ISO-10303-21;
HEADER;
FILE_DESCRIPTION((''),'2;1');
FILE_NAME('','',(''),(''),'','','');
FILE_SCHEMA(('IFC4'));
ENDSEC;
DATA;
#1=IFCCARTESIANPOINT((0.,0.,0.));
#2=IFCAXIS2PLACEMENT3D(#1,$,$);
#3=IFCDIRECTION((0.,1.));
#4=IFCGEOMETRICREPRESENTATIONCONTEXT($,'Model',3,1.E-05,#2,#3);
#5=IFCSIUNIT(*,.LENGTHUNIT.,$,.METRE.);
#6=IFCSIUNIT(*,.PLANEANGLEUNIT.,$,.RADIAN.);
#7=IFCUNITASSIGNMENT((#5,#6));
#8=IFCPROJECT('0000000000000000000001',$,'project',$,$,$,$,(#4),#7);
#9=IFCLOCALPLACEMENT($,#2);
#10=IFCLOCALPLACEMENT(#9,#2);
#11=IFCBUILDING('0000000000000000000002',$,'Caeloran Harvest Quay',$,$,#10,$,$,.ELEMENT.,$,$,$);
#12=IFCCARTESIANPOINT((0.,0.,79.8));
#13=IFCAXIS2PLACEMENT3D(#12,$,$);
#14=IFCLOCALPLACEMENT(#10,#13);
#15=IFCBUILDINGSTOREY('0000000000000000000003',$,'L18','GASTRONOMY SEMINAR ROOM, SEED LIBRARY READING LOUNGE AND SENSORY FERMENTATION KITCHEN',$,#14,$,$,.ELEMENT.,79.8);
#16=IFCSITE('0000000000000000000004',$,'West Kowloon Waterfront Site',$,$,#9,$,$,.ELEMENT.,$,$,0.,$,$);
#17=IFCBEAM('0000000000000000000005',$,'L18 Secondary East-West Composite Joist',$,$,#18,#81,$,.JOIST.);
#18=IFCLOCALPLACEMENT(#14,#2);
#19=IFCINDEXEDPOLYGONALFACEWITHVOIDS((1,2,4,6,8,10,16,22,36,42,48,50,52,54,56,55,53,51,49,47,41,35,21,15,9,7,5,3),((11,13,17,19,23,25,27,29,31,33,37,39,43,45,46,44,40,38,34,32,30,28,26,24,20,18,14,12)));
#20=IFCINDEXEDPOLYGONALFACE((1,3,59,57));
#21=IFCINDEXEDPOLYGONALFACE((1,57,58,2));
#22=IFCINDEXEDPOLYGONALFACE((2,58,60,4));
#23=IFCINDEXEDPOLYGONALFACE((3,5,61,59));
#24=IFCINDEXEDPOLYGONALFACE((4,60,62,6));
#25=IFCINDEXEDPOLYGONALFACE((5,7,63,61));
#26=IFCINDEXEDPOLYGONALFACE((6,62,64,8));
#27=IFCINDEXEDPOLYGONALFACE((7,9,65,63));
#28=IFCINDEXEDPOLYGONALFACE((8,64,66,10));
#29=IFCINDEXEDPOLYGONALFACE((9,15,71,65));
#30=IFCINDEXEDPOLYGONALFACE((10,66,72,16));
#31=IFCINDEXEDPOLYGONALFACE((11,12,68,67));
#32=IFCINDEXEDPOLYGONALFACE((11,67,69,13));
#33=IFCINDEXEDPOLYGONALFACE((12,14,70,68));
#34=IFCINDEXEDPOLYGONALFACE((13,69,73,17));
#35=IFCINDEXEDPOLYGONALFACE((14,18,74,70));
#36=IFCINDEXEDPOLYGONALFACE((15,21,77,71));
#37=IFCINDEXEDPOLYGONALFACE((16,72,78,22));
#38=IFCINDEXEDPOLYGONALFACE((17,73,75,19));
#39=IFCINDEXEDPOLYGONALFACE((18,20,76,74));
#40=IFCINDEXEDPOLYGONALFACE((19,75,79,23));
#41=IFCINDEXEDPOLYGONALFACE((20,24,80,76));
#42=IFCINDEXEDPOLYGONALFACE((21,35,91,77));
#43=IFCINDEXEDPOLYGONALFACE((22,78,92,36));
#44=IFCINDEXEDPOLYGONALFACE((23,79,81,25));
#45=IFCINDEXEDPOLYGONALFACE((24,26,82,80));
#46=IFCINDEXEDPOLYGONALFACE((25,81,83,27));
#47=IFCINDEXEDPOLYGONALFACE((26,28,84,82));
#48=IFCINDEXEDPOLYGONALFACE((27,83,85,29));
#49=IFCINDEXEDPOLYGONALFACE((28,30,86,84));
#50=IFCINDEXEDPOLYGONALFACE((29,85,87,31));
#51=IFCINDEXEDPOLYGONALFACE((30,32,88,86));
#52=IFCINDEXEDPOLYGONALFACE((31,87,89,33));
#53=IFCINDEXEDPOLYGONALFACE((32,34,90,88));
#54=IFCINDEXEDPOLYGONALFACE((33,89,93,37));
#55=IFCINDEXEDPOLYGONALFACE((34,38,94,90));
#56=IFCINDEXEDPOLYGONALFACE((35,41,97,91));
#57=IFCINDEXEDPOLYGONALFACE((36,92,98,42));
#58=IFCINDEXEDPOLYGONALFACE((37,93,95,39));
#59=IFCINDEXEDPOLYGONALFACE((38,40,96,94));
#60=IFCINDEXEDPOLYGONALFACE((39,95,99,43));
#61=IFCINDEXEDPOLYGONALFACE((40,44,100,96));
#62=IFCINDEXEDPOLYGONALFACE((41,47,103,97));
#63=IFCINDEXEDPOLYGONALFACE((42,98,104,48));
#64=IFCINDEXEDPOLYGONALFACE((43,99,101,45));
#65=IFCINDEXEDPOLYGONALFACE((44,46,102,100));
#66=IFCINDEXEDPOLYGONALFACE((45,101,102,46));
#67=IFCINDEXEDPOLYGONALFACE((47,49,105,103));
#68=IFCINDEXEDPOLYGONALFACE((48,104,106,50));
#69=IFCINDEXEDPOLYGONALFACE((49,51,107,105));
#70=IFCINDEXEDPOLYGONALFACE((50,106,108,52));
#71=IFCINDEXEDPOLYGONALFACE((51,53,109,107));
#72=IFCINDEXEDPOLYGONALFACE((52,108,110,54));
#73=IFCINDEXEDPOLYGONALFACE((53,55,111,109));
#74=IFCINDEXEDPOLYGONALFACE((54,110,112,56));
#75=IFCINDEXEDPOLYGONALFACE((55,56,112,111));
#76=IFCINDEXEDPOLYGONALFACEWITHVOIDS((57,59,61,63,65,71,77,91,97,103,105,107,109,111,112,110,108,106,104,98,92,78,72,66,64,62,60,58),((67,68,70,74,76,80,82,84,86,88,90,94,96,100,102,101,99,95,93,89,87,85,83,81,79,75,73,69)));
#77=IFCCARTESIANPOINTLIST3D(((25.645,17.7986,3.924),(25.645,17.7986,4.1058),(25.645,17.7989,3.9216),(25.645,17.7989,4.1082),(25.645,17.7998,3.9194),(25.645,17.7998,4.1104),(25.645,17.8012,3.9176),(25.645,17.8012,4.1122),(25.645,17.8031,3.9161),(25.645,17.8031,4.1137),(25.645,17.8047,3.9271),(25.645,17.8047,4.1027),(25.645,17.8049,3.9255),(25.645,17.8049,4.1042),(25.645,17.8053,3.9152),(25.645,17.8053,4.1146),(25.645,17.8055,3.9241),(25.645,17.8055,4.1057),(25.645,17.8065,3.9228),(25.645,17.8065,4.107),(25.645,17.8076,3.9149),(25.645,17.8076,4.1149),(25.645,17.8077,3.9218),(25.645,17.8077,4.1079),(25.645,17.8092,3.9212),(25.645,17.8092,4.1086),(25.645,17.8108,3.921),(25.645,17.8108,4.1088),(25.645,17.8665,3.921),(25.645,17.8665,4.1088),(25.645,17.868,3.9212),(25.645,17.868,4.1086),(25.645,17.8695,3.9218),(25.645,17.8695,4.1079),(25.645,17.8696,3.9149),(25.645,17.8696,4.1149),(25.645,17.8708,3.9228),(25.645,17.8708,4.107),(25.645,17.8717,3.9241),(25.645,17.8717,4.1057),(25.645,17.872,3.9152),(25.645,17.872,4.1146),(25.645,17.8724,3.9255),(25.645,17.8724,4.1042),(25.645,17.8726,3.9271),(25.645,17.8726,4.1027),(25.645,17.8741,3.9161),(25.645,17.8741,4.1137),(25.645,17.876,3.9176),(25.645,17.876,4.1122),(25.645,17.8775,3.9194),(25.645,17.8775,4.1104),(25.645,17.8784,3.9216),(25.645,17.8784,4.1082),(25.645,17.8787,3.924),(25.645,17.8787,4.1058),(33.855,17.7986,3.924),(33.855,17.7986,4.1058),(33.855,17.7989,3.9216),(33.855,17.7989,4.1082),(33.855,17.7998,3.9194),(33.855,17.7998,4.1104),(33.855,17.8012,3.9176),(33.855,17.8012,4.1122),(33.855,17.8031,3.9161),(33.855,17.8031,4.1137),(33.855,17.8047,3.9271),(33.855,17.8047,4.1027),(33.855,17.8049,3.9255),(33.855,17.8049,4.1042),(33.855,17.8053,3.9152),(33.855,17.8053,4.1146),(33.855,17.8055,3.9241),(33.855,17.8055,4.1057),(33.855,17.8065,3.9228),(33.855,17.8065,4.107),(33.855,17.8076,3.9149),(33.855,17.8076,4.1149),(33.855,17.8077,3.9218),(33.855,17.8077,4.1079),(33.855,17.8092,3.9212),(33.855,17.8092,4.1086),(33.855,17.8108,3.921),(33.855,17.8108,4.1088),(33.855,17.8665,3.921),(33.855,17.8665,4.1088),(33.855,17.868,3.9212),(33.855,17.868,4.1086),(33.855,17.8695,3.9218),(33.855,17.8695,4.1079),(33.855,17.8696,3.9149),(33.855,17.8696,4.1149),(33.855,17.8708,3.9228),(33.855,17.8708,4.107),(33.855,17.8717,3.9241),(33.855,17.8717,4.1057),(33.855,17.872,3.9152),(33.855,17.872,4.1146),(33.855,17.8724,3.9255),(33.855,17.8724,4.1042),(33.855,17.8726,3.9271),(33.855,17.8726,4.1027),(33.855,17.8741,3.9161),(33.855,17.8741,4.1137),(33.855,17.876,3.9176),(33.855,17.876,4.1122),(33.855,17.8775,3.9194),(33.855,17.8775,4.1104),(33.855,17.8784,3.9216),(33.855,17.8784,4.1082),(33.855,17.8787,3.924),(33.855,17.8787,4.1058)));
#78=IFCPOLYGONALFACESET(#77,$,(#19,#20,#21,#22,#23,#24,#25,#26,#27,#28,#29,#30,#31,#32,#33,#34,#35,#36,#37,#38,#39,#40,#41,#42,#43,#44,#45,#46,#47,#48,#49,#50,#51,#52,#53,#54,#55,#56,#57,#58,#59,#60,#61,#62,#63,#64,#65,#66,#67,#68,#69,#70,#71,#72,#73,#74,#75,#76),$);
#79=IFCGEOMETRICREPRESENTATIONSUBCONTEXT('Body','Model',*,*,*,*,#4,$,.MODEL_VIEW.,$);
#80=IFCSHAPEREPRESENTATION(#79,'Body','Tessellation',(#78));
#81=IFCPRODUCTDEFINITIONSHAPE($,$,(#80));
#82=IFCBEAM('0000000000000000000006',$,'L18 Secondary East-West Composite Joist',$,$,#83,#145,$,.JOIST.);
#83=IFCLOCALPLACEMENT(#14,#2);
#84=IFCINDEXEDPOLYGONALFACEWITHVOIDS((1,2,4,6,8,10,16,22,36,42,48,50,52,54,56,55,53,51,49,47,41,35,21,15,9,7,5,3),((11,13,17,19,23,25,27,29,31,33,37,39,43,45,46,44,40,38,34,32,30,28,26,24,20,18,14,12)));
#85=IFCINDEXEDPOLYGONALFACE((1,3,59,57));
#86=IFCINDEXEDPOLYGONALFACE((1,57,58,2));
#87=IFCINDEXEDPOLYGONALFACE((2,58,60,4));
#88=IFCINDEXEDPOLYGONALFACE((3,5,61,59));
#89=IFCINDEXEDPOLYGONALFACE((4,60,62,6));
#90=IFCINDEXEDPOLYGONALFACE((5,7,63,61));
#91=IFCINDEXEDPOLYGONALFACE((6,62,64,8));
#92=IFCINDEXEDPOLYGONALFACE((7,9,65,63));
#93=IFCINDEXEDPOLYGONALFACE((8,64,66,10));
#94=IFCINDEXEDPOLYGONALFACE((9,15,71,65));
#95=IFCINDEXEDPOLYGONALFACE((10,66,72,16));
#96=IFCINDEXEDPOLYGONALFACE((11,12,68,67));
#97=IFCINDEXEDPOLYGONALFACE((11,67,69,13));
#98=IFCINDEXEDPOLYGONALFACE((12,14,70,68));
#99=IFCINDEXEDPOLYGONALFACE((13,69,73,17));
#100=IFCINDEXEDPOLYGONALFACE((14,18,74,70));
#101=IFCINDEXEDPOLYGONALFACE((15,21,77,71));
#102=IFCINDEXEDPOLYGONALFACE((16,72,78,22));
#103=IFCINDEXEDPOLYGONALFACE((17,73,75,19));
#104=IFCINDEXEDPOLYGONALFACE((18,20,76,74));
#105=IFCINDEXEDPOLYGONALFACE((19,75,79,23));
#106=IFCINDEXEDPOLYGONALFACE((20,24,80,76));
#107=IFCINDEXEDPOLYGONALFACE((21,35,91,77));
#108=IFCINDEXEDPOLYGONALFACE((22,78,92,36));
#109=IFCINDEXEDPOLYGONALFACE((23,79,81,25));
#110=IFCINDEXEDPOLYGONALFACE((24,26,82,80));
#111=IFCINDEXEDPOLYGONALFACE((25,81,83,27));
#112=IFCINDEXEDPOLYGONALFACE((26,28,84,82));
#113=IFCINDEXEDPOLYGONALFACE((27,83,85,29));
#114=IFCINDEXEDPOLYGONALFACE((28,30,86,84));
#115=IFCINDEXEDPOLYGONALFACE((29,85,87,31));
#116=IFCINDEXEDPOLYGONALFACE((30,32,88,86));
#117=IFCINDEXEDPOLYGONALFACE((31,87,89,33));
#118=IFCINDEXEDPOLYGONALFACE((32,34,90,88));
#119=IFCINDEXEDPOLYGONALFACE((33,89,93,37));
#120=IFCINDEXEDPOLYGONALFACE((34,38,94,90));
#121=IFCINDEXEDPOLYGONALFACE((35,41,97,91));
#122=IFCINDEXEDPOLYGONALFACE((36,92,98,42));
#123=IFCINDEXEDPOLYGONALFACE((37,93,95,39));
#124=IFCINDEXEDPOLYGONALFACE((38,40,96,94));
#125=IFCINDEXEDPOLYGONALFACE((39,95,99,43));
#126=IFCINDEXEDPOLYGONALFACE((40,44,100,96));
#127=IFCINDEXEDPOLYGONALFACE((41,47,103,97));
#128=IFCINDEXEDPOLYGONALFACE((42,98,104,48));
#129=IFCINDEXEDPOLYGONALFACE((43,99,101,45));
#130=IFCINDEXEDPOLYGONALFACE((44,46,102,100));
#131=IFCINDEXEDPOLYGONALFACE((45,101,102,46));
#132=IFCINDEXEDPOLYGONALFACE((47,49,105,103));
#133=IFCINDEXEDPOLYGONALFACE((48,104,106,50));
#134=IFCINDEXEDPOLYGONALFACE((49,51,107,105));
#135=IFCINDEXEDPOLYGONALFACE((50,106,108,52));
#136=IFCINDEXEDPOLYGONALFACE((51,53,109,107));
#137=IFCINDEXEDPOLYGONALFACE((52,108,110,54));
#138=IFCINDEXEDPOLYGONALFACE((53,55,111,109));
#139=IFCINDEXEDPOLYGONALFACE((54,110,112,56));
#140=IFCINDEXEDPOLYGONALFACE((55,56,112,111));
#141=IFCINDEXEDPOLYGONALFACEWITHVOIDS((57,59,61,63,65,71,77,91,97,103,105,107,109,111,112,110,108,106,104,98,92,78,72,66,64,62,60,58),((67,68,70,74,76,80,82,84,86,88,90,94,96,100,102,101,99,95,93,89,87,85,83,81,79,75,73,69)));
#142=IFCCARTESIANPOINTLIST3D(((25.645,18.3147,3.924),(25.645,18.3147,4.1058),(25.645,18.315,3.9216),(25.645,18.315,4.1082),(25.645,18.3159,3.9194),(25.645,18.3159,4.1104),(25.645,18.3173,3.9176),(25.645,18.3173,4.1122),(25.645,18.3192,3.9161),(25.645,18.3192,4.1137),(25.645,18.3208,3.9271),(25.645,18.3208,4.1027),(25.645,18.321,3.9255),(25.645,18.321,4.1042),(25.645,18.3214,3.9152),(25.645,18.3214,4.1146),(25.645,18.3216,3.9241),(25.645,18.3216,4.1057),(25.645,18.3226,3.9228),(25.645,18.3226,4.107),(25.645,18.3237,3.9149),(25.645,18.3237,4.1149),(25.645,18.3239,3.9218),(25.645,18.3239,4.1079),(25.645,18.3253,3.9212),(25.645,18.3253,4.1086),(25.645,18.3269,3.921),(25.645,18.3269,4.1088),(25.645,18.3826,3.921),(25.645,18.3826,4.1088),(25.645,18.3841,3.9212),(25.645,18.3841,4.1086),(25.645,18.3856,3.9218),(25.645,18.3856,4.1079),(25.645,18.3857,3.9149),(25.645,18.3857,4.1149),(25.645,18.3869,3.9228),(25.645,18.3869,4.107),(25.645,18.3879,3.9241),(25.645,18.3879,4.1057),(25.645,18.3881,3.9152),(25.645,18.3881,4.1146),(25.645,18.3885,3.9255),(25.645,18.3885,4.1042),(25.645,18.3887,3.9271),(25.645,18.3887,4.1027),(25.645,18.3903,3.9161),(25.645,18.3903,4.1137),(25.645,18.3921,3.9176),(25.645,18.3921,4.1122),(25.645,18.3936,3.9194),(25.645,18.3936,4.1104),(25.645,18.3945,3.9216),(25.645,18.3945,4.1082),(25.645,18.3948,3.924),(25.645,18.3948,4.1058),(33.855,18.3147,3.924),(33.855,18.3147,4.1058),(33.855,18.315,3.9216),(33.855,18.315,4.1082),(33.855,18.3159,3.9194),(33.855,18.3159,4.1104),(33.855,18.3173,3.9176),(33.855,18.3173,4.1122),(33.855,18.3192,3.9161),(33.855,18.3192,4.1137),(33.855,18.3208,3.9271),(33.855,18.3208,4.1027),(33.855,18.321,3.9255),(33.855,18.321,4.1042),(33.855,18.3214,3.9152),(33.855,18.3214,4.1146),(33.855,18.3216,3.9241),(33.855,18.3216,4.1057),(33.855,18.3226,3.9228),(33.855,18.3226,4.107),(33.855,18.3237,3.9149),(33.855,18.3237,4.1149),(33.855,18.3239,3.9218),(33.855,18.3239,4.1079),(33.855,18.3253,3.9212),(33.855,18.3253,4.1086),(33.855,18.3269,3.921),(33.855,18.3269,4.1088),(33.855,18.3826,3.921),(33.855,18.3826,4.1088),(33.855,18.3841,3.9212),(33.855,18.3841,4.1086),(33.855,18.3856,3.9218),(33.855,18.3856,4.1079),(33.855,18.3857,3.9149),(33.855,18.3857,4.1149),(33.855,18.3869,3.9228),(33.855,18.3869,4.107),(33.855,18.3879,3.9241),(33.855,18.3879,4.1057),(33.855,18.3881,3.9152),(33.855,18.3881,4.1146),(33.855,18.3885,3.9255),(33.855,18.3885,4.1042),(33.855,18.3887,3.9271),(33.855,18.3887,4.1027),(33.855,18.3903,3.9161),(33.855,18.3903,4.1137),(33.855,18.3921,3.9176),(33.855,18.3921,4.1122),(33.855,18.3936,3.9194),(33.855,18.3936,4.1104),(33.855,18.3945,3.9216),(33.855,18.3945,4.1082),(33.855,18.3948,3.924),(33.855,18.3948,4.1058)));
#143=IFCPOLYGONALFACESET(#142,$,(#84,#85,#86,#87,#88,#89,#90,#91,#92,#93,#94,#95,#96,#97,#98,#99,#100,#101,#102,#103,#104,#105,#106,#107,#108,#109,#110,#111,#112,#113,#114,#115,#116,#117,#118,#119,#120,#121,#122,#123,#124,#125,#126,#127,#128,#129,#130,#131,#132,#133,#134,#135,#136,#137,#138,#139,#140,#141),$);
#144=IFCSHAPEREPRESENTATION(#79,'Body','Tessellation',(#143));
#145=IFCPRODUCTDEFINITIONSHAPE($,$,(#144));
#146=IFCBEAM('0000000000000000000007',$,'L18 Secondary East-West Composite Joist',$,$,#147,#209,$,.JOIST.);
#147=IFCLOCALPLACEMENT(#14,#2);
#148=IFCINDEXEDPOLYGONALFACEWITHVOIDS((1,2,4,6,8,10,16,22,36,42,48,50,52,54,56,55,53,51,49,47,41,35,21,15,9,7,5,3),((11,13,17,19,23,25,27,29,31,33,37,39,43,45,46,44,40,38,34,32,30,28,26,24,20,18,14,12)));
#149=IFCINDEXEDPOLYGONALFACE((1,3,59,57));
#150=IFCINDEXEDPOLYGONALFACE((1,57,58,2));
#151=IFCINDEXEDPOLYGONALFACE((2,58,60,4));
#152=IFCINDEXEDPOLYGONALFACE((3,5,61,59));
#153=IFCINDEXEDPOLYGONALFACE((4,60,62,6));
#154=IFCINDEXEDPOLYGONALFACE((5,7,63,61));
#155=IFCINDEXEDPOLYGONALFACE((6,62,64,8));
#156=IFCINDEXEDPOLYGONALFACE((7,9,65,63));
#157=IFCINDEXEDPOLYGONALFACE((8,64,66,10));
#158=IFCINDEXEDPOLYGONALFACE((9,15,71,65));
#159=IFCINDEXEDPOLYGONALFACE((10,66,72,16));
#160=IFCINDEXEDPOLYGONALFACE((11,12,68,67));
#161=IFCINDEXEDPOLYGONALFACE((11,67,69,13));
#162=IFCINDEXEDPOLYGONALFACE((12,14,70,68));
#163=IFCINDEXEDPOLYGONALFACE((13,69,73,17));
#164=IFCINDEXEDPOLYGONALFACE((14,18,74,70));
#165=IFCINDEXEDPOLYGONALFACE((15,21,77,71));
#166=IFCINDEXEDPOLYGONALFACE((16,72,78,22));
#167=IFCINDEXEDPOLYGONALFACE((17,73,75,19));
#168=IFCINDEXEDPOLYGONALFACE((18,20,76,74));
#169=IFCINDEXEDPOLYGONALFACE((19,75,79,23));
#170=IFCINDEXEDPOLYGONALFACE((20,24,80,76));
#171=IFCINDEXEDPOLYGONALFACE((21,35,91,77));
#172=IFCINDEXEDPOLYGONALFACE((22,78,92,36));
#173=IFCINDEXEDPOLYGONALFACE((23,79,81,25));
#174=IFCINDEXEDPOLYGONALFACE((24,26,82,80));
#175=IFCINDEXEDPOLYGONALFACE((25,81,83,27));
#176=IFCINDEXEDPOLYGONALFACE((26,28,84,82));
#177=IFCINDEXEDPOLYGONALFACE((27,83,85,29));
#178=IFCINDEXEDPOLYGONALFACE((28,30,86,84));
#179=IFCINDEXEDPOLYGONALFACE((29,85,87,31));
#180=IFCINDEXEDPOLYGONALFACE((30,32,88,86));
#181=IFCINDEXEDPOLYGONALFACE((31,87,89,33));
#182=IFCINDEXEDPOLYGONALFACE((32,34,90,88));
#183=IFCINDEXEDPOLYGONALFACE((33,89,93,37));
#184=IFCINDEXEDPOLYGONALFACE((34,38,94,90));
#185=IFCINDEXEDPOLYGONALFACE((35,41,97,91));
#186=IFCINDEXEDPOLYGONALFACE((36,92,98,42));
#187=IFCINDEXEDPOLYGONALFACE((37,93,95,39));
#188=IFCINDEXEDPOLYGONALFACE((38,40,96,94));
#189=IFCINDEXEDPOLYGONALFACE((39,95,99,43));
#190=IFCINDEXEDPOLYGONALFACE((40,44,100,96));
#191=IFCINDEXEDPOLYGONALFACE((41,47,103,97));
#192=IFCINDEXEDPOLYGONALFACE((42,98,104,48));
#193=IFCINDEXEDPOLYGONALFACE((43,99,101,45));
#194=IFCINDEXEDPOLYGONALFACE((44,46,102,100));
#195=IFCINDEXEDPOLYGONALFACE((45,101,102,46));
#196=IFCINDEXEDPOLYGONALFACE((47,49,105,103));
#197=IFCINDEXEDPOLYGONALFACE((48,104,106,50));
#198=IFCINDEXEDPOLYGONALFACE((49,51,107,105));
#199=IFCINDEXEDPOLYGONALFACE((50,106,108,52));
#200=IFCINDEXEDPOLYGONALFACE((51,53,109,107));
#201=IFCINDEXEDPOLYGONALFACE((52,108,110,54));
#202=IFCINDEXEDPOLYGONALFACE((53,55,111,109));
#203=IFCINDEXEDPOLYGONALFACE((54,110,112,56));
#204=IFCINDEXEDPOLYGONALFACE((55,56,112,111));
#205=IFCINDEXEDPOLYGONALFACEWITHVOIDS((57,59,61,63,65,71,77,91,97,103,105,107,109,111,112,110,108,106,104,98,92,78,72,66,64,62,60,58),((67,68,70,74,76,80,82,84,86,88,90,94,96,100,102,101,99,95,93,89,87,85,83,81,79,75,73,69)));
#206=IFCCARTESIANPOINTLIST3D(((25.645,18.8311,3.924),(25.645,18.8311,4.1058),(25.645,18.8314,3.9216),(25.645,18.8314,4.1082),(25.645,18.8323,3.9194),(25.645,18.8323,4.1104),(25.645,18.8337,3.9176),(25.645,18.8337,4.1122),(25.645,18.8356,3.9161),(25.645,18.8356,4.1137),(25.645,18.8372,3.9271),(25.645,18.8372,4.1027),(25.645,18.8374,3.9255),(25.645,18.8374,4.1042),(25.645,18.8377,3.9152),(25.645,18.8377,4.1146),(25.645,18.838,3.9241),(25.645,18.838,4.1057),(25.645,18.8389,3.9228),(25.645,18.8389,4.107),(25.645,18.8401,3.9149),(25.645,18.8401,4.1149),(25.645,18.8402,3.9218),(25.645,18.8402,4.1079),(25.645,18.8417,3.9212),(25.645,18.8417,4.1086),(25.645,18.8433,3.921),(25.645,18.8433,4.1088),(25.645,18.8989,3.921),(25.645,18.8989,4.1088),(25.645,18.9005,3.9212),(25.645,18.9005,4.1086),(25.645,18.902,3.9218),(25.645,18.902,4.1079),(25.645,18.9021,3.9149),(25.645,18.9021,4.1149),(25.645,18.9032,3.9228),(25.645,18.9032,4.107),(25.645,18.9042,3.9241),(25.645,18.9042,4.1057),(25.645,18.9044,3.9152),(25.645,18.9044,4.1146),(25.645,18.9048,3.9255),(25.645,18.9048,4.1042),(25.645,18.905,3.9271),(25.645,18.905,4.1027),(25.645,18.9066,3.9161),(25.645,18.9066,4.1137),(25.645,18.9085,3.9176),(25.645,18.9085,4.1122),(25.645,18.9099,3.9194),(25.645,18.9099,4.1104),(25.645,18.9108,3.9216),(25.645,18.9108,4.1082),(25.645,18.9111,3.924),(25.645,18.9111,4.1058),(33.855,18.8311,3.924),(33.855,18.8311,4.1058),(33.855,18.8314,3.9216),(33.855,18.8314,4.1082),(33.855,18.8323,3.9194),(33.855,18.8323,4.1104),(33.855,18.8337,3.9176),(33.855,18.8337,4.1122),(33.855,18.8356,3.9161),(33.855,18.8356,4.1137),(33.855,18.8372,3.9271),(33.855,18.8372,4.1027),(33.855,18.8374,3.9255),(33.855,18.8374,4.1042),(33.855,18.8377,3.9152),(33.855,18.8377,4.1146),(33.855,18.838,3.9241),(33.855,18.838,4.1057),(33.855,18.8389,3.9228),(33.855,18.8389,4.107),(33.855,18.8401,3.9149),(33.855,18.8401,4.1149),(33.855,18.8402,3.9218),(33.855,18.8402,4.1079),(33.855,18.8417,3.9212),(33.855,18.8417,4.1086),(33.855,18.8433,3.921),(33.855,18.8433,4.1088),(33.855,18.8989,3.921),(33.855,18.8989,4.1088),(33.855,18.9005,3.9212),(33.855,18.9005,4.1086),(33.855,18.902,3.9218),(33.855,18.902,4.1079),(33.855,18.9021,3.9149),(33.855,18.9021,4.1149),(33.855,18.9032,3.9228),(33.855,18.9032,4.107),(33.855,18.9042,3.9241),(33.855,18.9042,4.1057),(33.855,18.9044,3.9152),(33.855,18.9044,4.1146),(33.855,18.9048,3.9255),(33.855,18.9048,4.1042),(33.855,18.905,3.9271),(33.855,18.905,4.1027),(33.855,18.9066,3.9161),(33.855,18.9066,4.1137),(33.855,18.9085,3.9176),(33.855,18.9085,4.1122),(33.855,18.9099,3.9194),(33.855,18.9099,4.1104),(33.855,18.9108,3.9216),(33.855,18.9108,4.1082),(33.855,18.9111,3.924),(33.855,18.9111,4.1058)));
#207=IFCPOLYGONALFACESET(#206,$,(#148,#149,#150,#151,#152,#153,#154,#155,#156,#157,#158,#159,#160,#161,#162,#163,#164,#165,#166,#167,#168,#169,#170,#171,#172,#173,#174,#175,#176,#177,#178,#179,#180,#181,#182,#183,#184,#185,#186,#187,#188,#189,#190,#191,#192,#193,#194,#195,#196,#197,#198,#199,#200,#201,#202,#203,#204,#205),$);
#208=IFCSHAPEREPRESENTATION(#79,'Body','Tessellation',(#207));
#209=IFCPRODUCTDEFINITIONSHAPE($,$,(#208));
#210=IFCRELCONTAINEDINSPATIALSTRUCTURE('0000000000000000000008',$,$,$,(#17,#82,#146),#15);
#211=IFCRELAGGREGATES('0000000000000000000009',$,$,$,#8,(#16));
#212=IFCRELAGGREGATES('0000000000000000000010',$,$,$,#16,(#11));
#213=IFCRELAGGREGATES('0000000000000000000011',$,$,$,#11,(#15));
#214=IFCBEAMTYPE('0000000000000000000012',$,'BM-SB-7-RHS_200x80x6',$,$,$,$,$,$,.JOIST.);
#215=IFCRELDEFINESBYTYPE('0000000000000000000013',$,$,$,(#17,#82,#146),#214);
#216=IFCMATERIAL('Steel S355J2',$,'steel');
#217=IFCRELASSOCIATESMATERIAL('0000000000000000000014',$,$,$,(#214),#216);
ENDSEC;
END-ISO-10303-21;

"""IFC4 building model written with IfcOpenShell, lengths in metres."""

from ifc_helpers import new_model, si_unit, direction, frame, origin, origin_2d, place, context, subcontext, project, spatial, hollow_rectangle, extrude, material, material_profile, profile_set, type_object, element, save


model = new_model("IFC4")

# Units and contexts
model_context = context("Model", 3, precision=1e-05, world=origin(), true_north=direction((0.0, 1.0)))
body_context = subcontext(model_context, "Body", "Model", "MODEL_VIEW")
ifc_project = project(units=[si_unit("LENGTHUNIT", "METRE"), si_unit("PLANEANGLEUNIT", "RADIAN")], contexts=[model_context])

# Site, building, storey
site_placement = place(None, origin())
site = spatial("IfcSite", under=ifc_project, at=site_placement, Name="West Kowloon Waterfront Site", CompositionType="ELEMENT", RefElevation=0.0)
building_placement = place(site_placement, origin())
building = spatial("IfcBuilding", under=site, at=building_placement, Name="Caeloran Harvest Quay", CompositionType="ELEMENT")
storey_placement = place(building_placement, frame((0.0, 0.0, 79.8)))
storey = spatial("IfcBuildingStorey", under=building, at=storey_placement, Name="L18", Description="GASTRONOMY SEMINAR ROOM, SEED LIBRARY READING LOUNGE AND SENSORY FERMENTATION KITCHEN", CompositionType="ELEMENT", Elevation=79.8)

# Beams
ifc_material_1 = material(Name="Steel S355J2", Category="steel")
ifc_material_profile_1 = material_profile(ifc_material_1, hollow_rectangle(XDim=0.0801, YDim=0.2, WallThickness=0.0061, InnerFilletRadius=0.0061, OuterFilletRadius=0.009, at=origin_2d()), Name="RHS 200x80x6")
ifc_profile_set_1 = profile_set([ifc_material_profile_1], Name="Steel S355J2")
beam_type_1 = type_object("IfcBeamType", Name="BM-SB-7-RHS_200x80x6", PredefinedType="JOIST", material=ifc_profile_set_1)
for number, where, z_axis, x_axis, name in (
    (1, (25.645, 17.8386, 4.0149), (1.0, 0.0, 0.0), (0.0, 1.0, 0.0), "L18 Secondary East-West Composite Joist"),
    (2, (25.645, 18.3547, 4.0149), (1.0, 0.0, 0.0), (0.0, 1.0, 0.0), "L18 Secondary East-West Composite Joist"),
    (3, (25.645, 18.8711, 4.0149), (1.0, 0.0, 0.0), (0.0, 1.0, 0.0), "L18 Secondary East-West Composite Joist"),
):
    element("IfcBeam", number, at=place(storey_placement, frame(where, z_axis=z_axis, x_axis=x_axis)), inside=storey, type_object=beam_type_1, Name=name, PredefinedType="JOIST", context=body_context, shape_type="SweptSolid", body=[
        extrude(hollow_rectangle(XDim=0.0801, YDim=0.2, WallThickness=0.0061, InnerFilletRadius=0.0061, OuterFilletRadius=0.009, at=origin_2d()), origin(), (0.0, 0.0, 1.0), 8.21),
    ])

save(model, "model.ifc")
